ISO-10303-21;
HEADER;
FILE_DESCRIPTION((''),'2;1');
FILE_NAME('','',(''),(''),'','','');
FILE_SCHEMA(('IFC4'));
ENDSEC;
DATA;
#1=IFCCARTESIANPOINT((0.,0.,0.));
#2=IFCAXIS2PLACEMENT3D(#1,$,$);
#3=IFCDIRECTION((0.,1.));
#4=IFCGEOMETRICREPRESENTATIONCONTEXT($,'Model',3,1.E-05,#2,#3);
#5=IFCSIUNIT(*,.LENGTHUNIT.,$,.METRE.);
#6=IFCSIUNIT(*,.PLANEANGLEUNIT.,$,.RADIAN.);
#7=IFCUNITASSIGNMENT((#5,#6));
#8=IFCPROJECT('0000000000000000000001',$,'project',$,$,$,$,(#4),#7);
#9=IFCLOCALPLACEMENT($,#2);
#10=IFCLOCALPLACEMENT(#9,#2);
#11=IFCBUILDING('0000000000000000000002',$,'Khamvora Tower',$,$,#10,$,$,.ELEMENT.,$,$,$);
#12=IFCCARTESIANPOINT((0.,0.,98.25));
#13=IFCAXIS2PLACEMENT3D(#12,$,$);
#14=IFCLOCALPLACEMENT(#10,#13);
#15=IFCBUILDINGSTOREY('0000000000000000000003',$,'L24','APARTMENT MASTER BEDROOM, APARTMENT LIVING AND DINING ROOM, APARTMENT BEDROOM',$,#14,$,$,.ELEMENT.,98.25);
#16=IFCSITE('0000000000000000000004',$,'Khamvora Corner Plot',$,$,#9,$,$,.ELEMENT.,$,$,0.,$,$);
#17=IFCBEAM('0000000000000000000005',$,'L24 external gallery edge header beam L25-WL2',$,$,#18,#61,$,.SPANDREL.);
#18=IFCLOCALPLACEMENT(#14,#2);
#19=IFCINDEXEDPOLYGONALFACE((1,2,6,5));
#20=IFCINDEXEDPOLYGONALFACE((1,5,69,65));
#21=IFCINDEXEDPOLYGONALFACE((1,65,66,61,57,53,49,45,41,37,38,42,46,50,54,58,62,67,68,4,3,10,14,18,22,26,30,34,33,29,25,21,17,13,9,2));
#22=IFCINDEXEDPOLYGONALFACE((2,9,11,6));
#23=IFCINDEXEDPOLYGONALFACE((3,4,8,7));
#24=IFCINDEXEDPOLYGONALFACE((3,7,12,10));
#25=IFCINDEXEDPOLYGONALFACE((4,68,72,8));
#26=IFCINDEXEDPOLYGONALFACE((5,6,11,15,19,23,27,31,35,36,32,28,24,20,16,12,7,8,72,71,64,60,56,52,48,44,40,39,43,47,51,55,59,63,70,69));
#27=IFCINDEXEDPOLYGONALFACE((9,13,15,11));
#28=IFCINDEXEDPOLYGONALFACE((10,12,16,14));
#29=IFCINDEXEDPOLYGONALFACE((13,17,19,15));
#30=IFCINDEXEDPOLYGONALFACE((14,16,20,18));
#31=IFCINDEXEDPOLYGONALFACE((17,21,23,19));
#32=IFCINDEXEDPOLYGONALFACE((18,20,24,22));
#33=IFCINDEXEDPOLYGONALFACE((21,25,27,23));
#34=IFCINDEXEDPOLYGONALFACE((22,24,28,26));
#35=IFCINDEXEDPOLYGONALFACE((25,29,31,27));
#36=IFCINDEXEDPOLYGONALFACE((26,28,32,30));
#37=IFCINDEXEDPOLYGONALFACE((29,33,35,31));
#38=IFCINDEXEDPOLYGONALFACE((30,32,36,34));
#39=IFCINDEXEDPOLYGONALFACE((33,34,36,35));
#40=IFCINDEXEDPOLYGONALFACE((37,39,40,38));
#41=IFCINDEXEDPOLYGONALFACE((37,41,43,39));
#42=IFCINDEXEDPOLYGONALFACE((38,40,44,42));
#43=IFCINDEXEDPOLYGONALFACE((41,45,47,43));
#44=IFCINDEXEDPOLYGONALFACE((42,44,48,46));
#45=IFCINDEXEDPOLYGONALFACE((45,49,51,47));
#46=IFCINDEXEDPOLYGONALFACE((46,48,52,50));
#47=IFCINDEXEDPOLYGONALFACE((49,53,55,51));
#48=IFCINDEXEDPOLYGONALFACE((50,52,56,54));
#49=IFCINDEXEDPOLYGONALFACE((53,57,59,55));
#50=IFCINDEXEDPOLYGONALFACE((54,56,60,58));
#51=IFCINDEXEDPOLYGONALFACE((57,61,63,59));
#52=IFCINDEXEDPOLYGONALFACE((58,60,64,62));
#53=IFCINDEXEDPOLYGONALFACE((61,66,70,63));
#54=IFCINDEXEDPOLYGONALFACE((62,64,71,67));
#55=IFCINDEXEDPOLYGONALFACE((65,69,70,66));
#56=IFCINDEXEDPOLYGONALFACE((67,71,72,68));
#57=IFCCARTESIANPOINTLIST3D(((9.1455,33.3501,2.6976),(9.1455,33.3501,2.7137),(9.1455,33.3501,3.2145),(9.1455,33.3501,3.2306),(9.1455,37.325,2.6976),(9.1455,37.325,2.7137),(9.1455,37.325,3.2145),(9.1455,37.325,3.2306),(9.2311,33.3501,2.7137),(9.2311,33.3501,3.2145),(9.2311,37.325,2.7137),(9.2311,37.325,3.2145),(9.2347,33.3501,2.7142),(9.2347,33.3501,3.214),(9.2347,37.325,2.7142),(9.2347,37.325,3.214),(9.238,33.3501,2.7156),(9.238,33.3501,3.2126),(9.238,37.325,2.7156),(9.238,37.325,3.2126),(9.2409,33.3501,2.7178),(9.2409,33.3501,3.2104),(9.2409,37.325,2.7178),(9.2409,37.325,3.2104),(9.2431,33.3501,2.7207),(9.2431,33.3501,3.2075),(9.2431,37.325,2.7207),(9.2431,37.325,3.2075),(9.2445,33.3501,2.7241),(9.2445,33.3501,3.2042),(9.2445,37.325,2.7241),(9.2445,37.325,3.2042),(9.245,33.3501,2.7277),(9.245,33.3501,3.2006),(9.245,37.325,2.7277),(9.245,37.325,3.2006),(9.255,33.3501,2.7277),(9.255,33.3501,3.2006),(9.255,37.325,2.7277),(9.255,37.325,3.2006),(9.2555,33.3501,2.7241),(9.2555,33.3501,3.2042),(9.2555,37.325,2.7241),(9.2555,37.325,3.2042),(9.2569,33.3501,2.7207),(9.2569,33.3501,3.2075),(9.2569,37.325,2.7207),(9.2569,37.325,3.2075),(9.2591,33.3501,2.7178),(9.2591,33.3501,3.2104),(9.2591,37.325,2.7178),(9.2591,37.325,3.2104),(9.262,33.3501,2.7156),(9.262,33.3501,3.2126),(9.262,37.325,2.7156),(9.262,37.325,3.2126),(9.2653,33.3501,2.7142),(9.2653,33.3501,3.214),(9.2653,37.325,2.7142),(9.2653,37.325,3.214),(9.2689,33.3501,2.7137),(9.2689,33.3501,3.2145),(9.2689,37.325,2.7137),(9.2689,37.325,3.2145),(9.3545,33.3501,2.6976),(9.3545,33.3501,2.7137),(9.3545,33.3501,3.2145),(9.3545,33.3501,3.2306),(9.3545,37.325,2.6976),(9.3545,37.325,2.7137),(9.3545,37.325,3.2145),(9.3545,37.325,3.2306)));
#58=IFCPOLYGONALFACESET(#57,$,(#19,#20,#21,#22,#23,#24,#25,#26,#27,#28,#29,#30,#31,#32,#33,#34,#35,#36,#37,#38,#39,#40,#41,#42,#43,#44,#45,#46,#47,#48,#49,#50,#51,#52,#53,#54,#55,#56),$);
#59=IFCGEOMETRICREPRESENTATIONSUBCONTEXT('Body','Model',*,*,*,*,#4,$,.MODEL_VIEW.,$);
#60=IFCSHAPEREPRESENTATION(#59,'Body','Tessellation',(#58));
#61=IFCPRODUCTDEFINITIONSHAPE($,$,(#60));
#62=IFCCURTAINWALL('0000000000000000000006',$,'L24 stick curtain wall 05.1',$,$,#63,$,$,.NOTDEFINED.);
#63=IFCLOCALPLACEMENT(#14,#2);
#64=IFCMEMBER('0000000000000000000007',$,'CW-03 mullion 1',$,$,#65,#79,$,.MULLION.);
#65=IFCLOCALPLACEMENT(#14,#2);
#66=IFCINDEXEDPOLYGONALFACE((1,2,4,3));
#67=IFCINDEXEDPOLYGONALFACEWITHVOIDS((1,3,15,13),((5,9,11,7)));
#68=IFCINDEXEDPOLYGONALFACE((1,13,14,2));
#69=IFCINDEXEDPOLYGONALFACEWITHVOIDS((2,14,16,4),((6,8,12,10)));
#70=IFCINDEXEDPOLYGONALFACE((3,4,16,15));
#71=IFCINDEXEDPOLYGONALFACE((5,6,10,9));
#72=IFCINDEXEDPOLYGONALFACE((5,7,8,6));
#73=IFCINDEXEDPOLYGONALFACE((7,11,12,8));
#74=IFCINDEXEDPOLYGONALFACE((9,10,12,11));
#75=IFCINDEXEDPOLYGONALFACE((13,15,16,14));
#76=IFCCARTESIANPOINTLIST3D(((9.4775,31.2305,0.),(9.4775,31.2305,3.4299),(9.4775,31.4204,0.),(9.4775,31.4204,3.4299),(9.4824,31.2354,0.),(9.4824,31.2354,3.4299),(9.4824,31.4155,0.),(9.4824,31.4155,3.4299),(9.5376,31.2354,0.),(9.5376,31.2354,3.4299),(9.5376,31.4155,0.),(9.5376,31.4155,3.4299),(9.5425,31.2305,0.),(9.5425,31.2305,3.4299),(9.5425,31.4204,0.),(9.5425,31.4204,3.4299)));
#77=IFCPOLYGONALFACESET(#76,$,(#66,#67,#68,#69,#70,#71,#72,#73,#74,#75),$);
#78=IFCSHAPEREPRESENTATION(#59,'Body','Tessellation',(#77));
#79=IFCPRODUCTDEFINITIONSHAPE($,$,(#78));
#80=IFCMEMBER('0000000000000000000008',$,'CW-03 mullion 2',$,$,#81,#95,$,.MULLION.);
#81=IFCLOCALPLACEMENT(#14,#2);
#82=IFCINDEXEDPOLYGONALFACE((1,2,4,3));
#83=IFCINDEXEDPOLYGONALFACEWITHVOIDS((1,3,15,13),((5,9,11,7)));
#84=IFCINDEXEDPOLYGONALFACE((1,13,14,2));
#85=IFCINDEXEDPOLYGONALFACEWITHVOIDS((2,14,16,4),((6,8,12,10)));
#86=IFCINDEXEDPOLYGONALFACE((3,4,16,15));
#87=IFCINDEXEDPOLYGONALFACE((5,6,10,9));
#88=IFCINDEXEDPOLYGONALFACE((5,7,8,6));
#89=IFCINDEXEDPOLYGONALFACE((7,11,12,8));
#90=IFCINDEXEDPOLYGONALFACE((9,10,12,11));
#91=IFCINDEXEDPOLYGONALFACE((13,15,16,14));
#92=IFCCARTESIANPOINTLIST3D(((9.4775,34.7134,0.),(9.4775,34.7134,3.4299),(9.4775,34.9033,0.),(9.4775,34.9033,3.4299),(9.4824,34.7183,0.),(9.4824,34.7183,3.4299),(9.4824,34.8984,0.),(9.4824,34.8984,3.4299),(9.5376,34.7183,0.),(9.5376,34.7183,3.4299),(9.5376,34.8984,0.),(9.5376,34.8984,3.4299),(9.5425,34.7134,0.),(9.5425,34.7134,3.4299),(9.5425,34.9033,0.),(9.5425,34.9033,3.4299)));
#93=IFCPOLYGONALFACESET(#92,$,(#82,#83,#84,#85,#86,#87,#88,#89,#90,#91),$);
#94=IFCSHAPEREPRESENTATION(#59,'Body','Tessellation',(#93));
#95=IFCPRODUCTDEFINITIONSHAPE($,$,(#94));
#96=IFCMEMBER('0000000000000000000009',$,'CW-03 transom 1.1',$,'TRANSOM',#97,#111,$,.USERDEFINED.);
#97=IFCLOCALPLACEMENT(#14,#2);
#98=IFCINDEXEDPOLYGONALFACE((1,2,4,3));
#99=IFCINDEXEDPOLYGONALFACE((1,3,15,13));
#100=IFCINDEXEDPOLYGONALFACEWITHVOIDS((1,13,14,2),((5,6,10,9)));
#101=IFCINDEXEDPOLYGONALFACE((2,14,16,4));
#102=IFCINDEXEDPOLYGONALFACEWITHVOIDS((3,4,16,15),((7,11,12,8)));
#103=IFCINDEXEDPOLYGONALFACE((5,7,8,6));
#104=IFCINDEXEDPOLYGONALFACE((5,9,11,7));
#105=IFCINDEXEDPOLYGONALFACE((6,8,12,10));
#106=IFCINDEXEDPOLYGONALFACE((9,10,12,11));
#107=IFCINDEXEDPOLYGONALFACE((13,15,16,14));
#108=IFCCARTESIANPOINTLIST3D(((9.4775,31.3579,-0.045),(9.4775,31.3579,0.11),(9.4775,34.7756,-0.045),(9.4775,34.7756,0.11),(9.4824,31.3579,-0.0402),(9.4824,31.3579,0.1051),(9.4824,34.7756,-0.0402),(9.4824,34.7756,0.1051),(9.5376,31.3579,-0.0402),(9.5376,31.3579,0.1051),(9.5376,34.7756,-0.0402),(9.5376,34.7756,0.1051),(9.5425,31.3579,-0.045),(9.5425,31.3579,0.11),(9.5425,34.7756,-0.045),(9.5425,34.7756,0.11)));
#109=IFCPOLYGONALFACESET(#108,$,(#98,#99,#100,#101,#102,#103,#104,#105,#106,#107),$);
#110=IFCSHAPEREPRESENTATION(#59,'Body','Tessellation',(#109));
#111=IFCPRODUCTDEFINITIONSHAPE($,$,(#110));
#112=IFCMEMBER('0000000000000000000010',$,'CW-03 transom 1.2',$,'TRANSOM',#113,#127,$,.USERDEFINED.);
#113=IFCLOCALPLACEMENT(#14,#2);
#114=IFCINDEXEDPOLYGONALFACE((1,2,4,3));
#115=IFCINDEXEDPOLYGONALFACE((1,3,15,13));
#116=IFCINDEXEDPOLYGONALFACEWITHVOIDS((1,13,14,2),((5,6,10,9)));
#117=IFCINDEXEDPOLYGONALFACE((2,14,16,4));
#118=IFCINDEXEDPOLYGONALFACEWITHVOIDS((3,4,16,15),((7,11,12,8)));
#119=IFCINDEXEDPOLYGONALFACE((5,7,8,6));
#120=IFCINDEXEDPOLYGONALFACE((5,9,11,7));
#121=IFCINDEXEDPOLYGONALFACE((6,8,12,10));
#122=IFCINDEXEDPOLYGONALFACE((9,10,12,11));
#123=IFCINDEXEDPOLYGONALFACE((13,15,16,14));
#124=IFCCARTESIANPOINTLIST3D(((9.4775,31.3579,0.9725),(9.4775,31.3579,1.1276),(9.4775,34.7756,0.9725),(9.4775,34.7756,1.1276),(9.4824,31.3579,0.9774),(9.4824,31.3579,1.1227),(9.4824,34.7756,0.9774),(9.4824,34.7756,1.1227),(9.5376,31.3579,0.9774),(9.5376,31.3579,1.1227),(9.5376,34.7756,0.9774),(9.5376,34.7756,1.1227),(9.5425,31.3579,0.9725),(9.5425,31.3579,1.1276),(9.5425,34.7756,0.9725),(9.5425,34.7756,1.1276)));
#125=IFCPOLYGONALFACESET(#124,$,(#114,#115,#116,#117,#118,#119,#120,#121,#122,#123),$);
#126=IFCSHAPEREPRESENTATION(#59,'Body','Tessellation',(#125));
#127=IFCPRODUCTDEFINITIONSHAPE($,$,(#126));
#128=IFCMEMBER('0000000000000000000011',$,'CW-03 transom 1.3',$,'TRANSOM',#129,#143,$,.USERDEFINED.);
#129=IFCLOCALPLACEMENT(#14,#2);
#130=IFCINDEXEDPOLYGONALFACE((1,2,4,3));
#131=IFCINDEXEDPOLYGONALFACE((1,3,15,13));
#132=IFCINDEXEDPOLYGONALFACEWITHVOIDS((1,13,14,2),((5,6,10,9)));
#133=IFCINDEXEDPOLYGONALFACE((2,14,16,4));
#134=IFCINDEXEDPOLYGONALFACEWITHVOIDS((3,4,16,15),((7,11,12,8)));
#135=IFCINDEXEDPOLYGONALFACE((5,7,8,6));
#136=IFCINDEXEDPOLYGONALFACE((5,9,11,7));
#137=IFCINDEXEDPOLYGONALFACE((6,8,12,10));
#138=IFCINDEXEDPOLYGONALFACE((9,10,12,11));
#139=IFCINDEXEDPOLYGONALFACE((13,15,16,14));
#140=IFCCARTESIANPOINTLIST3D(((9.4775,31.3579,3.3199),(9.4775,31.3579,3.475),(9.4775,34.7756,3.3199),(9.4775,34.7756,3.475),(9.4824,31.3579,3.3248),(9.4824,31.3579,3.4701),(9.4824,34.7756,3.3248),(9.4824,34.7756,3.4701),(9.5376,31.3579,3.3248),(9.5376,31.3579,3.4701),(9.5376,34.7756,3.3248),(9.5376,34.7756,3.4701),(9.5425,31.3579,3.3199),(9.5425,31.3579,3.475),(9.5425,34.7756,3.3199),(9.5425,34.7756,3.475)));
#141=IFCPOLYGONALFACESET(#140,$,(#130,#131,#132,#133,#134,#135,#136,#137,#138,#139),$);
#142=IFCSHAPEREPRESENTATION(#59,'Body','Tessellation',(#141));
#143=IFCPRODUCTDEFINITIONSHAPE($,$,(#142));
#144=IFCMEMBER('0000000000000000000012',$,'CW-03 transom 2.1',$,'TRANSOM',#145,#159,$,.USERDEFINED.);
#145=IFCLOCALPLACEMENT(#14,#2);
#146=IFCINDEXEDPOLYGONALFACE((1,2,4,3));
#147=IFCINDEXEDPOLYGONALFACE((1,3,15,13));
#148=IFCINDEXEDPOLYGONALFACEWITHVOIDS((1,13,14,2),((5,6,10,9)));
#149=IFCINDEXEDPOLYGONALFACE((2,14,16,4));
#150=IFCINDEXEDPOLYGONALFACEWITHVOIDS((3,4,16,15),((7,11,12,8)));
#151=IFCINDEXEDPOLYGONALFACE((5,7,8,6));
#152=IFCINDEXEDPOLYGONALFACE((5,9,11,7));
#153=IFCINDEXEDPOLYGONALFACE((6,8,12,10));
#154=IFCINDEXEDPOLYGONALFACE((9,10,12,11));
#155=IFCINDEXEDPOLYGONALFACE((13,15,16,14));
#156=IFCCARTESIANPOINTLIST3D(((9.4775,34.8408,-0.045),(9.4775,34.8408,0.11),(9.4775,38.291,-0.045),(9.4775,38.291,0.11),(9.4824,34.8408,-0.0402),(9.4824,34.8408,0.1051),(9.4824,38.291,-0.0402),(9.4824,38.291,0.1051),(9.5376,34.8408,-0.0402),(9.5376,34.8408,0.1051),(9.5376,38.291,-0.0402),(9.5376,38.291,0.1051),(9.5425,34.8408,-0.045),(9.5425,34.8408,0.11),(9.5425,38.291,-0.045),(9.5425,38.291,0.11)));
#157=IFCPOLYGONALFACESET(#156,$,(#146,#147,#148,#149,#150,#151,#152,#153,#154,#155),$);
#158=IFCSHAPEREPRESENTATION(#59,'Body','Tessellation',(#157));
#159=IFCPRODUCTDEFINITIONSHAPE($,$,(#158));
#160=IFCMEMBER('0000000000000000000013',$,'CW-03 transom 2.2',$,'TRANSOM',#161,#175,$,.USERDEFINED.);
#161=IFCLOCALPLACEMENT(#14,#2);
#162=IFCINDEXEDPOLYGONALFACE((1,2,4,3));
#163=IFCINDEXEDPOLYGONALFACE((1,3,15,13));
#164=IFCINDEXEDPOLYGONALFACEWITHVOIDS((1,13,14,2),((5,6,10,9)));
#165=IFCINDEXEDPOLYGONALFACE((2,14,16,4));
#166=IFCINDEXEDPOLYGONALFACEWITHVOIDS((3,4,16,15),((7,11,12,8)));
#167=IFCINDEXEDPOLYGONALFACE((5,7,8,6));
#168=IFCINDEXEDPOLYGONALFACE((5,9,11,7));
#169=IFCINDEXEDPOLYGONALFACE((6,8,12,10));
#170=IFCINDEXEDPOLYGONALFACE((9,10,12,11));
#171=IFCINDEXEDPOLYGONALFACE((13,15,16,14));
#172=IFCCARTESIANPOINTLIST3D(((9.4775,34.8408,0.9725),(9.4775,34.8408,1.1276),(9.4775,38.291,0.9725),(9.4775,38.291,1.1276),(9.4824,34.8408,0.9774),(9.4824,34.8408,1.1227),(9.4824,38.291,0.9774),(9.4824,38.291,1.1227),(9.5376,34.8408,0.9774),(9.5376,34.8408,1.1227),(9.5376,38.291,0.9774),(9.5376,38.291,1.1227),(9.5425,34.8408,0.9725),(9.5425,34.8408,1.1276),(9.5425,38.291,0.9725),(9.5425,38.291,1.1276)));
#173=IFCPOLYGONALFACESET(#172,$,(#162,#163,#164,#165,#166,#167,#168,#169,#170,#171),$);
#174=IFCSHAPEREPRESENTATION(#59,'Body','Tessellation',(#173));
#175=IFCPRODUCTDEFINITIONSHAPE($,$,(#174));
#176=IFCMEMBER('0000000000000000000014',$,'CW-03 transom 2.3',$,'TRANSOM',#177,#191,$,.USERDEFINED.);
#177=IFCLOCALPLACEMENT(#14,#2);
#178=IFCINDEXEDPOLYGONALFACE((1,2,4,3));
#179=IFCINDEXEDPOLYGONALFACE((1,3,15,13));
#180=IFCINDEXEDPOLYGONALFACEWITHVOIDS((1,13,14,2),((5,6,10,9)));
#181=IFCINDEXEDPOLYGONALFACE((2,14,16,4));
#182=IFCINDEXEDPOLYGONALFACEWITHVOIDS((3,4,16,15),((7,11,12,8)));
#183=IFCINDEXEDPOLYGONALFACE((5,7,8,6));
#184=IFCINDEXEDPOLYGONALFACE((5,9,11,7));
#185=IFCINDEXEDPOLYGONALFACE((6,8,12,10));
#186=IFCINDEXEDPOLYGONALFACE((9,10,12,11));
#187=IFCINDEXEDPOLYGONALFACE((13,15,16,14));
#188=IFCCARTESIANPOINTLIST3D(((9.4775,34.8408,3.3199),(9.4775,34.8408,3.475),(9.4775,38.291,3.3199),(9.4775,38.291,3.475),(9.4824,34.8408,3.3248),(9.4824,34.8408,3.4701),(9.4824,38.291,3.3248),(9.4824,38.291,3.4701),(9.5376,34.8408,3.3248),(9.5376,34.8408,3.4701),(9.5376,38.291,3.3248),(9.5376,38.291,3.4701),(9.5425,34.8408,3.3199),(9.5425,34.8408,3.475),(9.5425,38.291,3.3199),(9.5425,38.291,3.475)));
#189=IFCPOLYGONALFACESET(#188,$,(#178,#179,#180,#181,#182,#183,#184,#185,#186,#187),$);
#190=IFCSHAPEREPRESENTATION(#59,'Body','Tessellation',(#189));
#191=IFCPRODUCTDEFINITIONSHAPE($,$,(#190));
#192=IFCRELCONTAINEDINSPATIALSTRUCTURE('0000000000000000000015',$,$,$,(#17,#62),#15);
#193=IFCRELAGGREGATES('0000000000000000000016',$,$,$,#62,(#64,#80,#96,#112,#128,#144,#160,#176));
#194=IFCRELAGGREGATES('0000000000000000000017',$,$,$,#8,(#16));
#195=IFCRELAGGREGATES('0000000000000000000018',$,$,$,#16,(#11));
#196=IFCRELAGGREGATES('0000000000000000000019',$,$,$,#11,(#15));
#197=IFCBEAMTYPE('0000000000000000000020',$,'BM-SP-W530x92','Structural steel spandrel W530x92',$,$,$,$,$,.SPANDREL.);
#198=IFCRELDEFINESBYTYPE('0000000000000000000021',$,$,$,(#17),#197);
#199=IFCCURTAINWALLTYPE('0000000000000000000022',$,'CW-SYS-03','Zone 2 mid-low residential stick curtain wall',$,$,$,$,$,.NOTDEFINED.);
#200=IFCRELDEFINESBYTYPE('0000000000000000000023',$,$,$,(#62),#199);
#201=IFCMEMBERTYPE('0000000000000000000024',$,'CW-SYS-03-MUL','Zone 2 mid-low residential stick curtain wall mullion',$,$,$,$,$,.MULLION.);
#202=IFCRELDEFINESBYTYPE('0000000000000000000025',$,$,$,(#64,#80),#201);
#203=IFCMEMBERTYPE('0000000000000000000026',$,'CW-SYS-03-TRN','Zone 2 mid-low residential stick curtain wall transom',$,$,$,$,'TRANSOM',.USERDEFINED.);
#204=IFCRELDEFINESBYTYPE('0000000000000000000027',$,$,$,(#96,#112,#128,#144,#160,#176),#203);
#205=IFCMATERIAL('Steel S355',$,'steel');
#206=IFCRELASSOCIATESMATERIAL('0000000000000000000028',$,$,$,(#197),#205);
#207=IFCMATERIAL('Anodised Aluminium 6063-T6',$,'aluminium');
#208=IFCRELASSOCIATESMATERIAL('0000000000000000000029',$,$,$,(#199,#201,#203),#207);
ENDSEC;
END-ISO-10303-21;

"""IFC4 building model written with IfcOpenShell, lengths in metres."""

from ifc_helpers import new_model, si_unit, direction, frame, origin, origin_2d, place, context, subcontext, project, spatial, hollow_rectangle, i_section, extrude, material, material_profile, profile_set, type_object, element, aggregate, save


model = new_model("IFC4")

# Units and contexts
model_context = context("Model", 3, precision=1e-05, world=origin(), true_north=direction((0.0, 1.0)))
body_context = subcontext(model_context, "Body", "Model", "MODEL_VIEW")
ifc_project = project(units=[si_unit("LENGTHUNIT", "METRE"), si_unit("PLANEANGLEUNIT", "RADIAN")], contexts=[model_context])

# Site, building, storey
site_placement = place(None, origin())
site = spatial("IfcSite", under=ifc_project, at=site_placement, Name="Khamvora Corner Plot", CompositionType="ELEMENT", RefElevation=0.0)
building_placement = place(site_placement, origin())
building = spatial("IfcBuilding", under=site, at=building_placement, Name="Khamvora Tower", CompositionType="ELEMENT")
storey_placement = place(building_placement, frame((0.0, 0.0, 98.25)))
storey = spatial("IfcBuildingStorey", under=building, at=storey_placement, Name="L24", Description="APARTMENT MASTER BEDROOM, APARTMENT LIVING AND DINING ROOM, APARTMENT BEDROOM", CompositionType="ELEMENT", Elevation=98.25)

# Beam
ifc_material_1 = material(Name="Steel S355", Category="steel")
ifc_material_profile_1 = material_profile(ifc_material_1, i_section(OverallWidth=0.209, OverallDepth=0.533, WebThickness=0.01, FlangeThickness=0.0161, FilletRadius=0.0139, at=origin_2d()), Name="W530x92")
ifc_profile_set_1 = profile_set([ifc_material_profile_1], Name="Steel S355")
beam_type = type_object("IfcBeamType", Name="BM-SP-W530x92", Description="Structural steel spandrel W530x92", PredefinedType="SPANDREL", material=ifc_profile_set_1)
beam_placement = place(storey_placement, frame((9.25, 33.3501, 2.9641), z_axis=(0.0, 1.0, 0.0), x_axis=(-1.0, 0.0, 0.0)))
element("IfcBeam", 1, at=beam_placement, inside=storey, type_object=beam_type, Name="L24 external gallery edge header beam L25-WL2", PredefinedType="SPANDREL", context=body_context, shape_type="SweptSolid", body=[
    extrude(i_section(OverallWidth=0.209, OverallDepth=0.533, WebThickness=0.01, FlangeThickness=0.0161, FilletRadius=0.0139, at=origin_2d()), origin(), (0.0, 0.0, 1.0), 3.9749),
])

# Curtain wall, members
ifc_material_2 = material(Name="Anodised Aluminium 6063-T6", Category="aluminium")
curtain_wall_type = type_object("IfcCurtainWallType", Name="CW-SYS-03", Description="Zone 2 mid-low residential stick curtain wall", PredefinedType="NOTDEFINED", material=ifc_material_2)
curtain_wall_placement = place(storey_placement, origin())
curtain_wall = element("IfcCurtainWall", 2, at=curtain_wall_placement, inside=storey, type_object=curtain_wall_type, Name="L24 stick curtain wall 05.1", PredefinedType="NOTDEFINED")
ifc_material_profile_2 = material_profile(ifc_material_2, hollow_rectangle(XDim=0.0649, YDim=0.1899, WallThickness=0.0049, at=origin_2d()), Name="MUL65x190x5")
ifc_profile_set_2 = profile_set([ifc_material_profile_2], Name="Anodised Aluminium 6063-T6")
member_type_1 = type_object("IfcMemberType", Name="CW-SYS-03-MUL", Description="Zone 2 mid-low residential stick curtain wall mullion", PredefinedType="MULLION", material=ifc_profile_set_2)
member_1_placement = place(storey_placement, frame((9.51, 31.3254, 0.0), z_axis=(0.0, 0.0, 1.0), x_axis=(-1.0, 0.0, 0.0)))
member_1 = element("IfcMember", 3, at=member_1_placement, type_object=member_type_1, Name="CW-03 mullion 1", PredefinedType="MULLION", context=body_context, shape_type="SweptSolid", body=[
    extrude(hollow_rectangle(XDim=0.0649, YDim=0.1899, WallThickness=0.0049, at=origin_2d()), origin(), (0.0, 0.0, 1.0), 3.4299),
])
member_2_placement = place(storey_placement, frame((9.51, 34.8083, 0.0), z_axis=(0.0, 0.0, 1.0), x_axis=(-1.0, 0.0, 0.0)))
member_2 = element("IfcMember", 4, at=member_2_placement, type_object=member_type_1, Name="CW-03 mullion 2", PredefinedType="MULLION", context=body_context, shape_type="SweptSolid", body=[
    extrude(hollow_rectangle(XDim=0.0649, YDim=0.1899, WallThickness=0.0049, at=origin_2d()), origin(), (0.0, 0.0, 1.0), 3.4299),
])
ifc_material_profile_3 = material_profile(ifc_material_2, hollow_rectangle(XDim=0.0649, YDim=0.155, WallThickness=0.0049, at=origin_2d()), Name="TRN65x155x5")
ifc_profile_set_3 = profile_set([ifc_material_profile_3], Name="Anodised Aluminium 6063-T6")
member_type_2 = type_object("IfcMemberType", Name="CW-SYS-03-TRN", Description="Zone 2 mid-low residential stick curtain wall transom", ElementType="TRANSOM", PredefinedType="USERDEFINED", material=ifc_profile_set_3)
member_3_placement = place(storey_placement, frame((9.51, 31.3579, 0.0325), z_axis=(0.0, 1.0, 0.0), x_axis=(-1.0, 0.0, 0.0)))
member_3 = element("IfcMember", 5, at=member_3_placement, type_object=member_type_2, Name="CW-03 transom 1.1", ObjectType="TRANSOM", PredefinedType="USERDEFINED", context=body_context, shape_type="SweptSolid", body=[
    extrude(hollow_rectangle(XDim=0.0649, YDim=0.155, WallThickness=0.0049, at=origin_2d()), origin(), (0.0, 0.0, 1.0), 3.4177),
])
member_4_placement = place(storey_placement, frame((9.51, 31.3579, 1.05), z_axis=(0.0, 1.0, 0.0), x_axis=(-1.0, 0.0, 0.0)))
member_4 = element("IfcMember", 6, at=member_4_placement, type_object=member_type_2, Name="CW-03 transom 1.2", ObjectType="TRANSOM", PredefinedType="USERDEFINED", context=body_context, shape_type="SweptSolid", body=[
    extrude(hollow_rectangle(XDim=0.0649, YDim=0.155, WallThickness=0.0049, at=origin_2d()), origin(), (0.0, 0.0, 1.0), 3.4177),
])
member_5_placement = place(storey_placement, frame((9.51, 31.3579, 3.3975), z_axis=(0.0, 1.0, 0.0), x_axis=(-1.0, 0.0, 0.0)))
member_5 = element("IfcMember", 7, at=member_5_placement, type_object=member_type_2, Name="CW-03 transom 1.3", ObjectType="TRANSOM", PredefinedType="USERDEFINED", context=body_context, shape_type="SweptSolid", body=[
    extrude(hollow_rectangle(XDim=0.0649, YDim=0.155, WallThickness=0.0049, at=origin_2d()), origin(), (0.0, 0.0, 1.0), 3.4177),
])
member_6_placement = place(storey_placement, frame((9.51, 34.8408, 0.0325), z_axis=(0.0, 1.0, 0.0), x_axis=(-1.0, 0.0, 0.0)))
member_6 = element("IfcMember", 8, at=member_6_placement, type_object=member_type_2, Name="CW-03 transom 2.1", ObjectType="TRANSOM", PredefinedType="USERDEFINED", context=body_context, shape_type="SweptSolid", body=[
    extrude(hollow_rectangle(XDim=0.0649, YDim=0.155, WallThickness=0.0049, at=origin_2d()), origin(), (0.0, 0.0, 1.0), 3.4502),
])
member_7_placement = place(storey_placement, frame((9.51, 34.8408, 1.05), z_axis=(0.0, 1.0, 0.0), x_axis=(-1.0, 0.0, 0.0)))
member_7 = element("IfcMember", 9, at=member_7_placement, type_object=member_type_2, Name="CW-03 transom 2.2", ObjectType="TRANSOM", PredefinedType="USERDEFINED", context=body_context, shape_type="SweptSolid", body=[
    extrude(hollow_rectangle(XDim=0.0649, YDim=0.155, WallThickness=0.0049, at=origin_2d()), origin(), (0.0, 0.0, 1.0), 3.4502),
])
member_8_placement = place(storey_placement, frame((9.51, 34.8408, 3.3975), z_axis=(0.0, 1.0, 0.0), x_axis=(-1.0, 0.0, 0.0)))
member_8 = element("IfcMember", 10, at=member_8_placement, type_object=member_type_2, Name="CW-03 transom 2.3", ObjectType="TRANSOM", PredefinedType="USERDEFINED", context=body_context, shape_type="SweptSolid", body=[
    extrude(hollow_rectangle(XDim=0.0649, YDim=0.155, WallThickness=0.0049, at=origin_2d()), origin(), (0.0, 0.0, 1.0), 3.4502),
])
aggregate(curtain_wall, [member_1, member_2, member_3, member_4, member_5, member_6, member_7, member_8])

save(model, "model.ifc")
